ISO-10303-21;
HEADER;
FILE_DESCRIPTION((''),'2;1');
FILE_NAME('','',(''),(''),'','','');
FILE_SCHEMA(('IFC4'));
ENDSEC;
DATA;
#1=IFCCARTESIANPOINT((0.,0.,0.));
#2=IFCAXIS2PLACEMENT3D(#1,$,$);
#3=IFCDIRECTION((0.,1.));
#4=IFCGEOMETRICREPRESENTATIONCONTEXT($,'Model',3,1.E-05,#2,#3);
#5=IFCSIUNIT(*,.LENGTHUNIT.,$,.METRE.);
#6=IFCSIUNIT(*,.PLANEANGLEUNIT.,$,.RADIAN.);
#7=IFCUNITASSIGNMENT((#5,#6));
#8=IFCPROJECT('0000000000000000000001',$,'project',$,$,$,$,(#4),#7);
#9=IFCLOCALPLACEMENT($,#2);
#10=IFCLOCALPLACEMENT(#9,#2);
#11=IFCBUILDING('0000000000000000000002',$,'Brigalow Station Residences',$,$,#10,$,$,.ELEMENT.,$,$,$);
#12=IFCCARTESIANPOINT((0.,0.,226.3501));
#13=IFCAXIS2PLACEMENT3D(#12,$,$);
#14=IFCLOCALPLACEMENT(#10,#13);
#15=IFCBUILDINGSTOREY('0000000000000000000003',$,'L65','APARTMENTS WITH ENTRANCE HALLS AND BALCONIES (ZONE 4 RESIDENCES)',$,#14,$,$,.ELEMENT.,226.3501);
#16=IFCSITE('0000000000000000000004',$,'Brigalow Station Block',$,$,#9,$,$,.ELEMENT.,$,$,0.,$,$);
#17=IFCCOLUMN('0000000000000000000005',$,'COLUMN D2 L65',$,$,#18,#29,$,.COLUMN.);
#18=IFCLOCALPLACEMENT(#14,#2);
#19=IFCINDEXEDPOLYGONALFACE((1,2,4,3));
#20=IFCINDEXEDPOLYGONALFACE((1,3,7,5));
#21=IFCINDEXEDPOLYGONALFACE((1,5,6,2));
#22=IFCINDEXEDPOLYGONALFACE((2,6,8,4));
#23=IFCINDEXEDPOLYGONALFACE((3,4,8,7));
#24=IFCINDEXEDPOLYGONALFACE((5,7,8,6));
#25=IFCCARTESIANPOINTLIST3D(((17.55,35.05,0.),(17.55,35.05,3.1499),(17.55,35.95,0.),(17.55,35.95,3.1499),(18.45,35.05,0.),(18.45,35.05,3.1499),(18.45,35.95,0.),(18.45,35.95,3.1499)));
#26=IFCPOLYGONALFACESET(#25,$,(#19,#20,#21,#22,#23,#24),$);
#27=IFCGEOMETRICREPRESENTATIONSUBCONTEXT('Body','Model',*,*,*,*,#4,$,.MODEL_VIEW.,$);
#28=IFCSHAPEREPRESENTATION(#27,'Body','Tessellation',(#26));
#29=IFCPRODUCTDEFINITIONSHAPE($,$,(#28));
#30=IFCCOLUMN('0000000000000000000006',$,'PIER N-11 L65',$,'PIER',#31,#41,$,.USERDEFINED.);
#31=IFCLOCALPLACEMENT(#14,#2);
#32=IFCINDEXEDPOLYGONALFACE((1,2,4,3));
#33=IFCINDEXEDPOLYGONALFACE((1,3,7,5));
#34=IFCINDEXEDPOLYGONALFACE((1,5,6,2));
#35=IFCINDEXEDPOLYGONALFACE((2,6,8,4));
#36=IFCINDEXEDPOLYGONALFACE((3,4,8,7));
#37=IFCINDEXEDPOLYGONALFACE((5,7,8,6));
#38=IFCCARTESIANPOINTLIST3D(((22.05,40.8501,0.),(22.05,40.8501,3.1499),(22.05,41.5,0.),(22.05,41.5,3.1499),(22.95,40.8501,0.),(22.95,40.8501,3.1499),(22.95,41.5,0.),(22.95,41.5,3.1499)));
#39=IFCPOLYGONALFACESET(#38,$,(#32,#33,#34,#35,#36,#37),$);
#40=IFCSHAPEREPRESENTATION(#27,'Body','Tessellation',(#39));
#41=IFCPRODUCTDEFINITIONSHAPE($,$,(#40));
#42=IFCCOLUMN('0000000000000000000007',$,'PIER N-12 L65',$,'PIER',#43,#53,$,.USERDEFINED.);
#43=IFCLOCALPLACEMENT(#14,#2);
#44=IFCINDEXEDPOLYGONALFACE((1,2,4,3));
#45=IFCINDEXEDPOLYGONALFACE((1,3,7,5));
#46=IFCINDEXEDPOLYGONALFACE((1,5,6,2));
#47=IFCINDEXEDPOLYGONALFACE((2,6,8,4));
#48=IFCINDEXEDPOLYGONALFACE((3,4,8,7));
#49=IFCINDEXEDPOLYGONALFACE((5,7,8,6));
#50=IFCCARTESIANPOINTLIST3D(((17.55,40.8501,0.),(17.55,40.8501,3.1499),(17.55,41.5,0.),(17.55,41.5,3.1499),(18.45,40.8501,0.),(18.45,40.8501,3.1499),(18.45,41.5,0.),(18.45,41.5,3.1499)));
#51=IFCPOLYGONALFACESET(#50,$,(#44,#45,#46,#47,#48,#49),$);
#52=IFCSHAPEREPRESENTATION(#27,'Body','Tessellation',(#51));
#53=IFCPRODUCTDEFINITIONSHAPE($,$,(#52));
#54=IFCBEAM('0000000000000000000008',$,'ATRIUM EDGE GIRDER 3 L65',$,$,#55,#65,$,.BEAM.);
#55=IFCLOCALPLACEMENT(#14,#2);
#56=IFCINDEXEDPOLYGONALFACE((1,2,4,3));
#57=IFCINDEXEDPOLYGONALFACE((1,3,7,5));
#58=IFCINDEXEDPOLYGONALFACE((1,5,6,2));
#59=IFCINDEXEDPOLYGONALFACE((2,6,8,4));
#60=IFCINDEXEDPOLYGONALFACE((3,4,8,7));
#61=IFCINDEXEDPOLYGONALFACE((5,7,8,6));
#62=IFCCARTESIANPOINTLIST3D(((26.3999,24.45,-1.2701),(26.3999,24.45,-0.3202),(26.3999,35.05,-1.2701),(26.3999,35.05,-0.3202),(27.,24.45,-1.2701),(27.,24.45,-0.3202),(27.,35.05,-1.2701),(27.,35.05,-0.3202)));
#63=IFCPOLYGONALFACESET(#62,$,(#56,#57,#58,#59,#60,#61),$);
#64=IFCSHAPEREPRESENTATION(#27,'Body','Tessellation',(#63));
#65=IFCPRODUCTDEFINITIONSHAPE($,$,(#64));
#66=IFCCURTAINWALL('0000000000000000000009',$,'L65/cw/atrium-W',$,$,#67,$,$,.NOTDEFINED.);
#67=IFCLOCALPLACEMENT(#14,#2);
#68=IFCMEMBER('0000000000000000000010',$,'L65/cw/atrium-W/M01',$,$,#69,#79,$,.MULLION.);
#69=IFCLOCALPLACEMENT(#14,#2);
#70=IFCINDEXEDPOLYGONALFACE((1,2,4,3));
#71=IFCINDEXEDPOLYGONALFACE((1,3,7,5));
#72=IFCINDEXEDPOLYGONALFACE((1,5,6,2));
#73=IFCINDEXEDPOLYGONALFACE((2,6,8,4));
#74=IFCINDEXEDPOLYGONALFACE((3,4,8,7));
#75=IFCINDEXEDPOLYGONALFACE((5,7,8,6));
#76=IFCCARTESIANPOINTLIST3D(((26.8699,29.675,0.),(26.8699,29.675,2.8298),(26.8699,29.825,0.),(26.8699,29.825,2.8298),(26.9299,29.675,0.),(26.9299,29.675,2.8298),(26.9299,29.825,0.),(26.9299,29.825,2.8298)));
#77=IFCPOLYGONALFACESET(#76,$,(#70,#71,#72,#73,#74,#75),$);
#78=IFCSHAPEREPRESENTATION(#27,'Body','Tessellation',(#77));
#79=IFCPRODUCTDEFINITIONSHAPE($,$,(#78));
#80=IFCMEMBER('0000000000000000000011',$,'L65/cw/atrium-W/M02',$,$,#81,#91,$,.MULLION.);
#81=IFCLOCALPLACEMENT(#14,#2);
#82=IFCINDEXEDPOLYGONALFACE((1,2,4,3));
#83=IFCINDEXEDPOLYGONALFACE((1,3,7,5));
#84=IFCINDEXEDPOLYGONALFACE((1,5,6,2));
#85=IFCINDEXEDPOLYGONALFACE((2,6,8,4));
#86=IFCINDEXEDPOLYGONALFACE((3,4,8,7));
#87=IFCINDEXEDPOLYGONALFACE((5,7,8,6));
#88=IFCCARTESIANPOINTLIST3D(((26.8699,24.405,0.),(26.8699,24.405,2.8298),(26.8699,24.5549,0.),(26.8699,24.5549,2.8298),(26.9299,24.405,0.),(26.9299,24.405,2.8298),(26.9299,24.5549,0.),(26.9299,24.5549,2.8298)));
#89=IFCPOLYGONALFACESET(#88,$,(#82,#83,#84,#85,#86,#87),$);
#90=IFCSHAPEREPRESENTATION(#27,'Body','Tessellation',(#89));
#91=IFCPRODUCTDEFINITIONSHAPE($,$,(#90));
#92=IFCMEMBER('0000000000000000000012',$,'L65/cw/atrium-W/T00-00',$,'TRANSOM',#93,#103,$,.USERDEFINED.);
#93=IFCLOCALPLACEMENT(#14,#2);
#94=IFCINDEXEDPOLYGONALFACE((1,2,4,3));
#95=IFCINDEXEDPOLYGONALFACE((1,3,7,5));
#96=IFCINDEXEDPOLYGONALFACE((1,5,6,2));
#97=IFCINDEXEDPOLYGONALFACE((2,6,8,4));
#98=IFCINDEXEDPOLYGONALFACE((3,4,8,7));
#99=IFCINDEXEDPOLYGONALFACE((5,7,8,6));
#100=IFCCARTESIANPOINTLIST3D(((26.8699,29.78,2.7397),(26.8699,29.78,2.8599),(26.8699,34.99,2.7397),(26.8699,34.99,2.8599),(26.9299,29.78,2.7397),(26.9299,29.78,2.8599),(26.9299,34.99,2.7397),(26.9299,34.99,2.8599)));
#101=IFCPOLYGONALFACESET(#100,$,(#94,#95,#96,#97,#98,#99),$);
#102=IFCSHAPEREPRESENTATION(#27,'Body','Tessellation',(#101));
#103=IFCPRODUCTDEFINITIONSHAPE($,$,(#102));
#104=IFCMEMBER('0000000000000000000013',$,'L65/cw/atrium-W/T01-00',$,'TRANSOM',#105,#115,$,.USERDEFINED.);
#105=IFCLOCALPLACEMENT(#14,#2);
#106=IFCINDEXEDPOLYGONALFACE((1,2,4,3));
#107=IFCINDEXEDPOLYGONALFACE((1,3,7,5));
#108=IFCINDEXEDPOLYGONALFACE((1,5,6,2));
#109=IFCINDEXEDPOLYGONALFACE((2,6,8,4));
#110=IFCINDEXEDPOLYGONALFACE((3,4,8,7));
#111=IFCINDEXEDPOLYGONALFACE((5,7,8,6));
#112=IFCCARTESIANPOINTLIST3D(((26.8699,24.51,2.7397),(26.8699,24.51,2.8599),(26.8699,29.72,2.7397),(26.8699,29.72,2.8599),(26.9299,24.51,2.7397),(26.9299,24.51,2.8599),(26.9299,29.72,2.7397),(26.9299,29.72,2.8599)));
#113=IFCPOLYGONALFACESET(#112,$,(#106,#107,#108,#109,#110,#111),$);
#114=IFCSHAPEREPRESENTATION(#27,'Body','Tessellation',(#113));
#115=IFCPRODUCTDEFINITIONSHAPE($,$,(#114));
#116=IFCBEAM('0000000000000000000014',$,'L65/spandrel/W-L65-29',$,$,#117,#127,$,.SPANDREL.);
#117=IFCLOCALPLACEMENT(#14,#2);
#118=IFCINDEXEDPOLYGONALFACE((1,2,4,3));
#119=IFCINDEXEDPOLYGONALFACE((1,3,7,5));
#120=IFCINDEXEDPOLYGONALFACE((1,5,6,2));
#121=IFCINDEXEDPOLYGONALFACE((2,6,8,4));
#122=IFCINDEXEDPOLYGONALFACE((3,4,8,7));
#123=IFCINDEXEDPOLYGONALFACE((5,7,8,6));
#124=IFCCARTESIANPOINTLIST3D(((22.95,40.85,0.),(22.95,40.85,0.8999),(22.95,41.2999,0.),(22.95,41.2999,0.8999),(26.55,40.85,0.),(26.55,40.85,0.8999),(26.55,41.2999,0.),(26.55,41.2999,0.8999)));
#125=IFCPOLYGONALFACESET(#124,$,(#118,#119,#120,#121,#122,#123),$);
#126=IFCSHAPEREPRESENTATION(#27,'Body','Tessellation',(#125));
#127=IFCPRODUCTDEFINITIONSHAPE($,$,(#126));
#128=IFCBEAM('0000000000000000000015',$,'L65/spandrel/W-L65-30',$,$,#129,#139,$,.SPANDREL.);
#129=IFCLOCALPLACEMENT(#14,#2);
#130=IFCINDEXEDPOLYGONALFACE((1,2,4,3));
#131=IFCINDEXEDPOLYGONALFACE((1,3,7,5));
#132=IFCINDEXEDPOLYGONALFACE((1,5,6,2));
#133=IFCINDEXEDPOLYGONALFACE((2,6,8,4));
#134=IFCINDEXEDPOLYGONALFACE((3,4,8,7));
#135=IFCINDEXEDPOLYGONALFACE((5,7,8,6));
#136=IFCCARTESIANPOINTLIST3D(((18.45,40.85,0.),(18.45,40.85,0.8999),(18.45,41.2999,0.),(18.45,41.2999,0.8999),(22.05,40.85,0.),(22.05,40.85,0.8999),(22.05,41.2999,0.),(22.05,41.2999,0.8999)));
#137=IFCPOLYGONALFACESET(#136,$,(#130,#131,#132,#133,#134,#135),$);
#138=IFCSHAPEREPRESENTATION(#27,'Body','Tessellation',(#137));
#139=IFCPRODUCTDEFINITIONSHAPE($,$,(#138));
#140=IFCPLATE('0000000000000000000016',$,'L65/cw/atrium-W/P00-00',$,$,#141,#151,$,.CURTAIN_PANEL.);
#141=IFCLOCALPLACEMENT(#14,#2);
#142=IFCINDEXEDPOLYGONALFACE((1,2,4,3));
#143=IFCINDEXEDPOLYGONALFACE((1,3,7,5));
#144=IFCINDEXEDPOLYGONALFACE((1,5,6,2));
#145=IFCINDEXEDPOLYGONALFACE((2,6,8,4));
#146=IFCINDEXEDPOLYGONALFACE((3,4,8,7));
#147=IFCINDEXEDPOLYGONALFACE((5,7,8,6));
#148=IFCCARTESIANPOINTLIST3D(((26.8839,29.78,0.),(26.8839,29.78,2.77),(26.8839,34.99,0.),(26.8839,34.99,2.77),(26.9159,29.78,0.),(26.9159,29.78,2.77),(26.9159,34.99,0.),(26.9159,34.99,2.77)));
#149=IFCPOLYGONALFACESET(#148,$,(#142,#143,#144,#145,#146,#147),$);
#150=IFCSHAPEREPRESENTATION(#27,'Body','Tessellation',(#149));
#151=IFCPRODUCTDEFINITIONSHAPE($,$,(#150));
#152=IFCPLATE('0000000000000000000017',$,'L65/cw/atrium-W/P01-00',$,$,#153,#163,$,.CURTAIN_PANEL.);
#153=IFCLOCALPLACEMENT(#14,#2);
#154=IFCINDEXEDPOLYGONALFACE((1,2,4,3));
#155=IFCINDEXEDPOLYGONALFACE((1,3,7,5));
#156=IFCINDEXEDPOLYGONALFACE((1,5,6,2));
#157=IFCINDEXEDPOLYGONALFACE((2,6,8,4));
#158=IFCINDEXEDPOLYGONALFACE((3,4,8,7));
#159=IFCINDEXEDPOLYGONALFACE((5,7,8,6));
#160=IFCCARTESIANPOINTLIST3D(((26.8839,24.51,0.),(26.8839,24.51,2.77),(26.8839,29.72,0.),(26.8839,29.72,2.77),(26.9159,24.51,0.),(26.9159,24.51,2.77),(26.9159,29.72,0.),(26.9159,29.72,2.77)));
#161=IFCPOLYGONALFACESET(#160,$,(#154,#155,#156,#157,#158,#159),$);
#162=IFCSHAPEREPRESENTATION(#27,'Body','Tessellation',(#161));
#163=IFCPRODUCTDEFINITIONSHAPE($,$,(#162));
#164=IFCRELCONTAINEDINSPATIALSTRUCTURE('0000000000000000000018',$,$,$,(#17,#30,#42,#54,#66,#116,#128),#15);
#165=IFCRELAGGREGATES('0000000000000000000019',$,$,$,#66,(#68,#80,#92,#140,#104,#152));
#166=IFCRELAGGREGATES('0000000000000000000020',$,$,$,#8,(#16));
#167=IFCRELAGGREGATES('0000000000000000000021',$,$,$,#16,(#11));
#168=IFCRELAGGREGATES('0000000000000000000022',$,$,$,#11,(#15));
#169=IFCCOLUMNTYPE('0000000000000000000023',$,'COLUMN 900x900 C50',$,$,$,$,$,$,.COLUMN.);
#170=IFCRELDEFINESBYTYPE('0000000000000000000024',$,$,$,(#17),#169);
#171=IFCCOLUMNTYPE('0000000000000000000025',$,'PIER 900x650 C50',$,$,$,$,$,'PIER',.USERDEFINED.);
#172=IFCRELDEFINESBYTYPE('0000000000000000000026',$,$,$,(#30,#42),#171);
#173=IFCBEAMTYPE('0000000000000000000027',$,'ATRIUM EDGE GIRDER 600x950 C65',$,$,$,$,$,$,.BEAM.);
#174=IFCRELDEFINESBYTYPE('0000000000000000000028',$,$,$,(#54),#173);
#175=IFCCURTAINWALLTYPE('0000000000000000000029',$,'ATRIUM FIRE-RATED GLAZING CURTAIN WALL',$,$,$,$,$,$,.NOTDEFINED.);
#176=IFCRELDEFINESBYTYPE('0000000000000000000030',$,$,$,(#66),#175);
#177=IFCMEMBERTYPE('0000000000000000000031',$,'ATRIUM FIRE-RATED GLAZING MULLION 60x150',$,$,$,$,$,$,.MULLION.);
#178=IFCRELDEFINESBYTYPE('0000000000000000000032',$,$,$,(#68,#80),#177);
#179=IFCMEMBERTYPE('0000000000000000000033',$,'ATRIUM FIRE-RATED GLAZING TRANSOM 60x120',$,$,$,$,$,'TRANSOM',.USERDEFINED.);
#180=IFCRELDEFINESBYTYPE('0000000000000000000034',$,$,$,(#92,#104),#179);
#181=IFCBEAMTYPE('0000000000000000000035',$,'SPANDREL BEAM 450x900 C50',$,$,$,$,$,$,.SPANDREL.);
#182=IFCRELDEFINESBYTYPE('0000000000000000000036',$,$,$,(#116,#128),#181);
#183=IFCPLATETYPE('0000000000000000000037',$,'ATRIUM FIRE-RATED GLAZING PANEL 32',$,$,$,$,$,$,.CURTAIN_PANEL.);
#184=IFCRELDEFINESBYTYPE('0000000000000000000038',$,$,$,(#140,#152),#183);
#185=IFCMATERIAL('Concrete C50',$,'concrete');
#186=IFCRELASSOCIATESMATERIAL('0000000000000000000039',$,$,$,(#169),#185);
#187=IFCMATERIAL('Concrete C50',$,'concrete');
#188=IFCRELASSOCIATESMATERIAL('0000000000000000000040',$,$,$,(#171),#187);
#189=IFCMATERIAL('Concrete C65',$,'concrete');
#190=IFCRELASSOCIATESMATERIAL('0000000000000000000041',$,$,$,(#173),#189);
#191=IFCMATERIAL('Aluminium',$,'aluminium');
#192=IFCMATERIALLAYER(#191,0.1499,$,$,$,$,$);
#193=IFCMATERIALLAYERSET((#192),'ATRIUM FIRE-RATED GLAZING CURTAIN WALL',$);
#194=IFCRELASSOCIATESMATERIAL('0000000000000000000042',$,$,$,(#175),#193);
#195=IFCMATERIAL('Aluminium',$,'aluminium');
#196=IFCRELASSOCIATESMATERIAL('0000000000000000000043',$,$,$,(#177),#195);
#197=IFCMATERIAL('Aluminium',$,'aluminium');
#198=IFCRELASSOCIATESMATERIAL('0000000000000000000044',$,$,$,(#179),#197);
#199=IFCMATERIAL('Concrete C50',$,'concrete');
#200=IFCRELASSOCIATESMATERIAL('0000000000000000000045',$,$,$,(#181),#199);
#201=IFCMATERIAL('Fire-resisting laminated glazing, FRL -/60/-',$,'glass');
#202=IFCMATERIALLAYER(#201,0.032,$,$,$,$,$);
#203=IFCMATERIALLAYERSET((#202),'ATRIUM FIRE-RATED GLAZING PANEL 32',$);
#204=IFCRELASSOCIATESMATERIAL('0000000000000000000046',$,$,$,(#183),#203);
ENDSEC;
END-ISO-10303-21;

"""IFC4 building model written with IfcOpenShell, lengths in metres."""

from ifc_helpers import new_model, si_unit, direction, frame, origin, origin_2d, place, context, subcontext, project, spatial, rectangle, extrude, material, layer, layer_set, material_profile, profile_set, type_object, element, aggregate, save


model = new_model("IFC4")

# Units and contexts
model_context = context("Model", 3, precision=1e-05, world=origin(), true_north=direction((0.0, 1.0)))
body_context = subcontext(model_context, "Body", "Model", "MODEL_VIEW")
ifc_project = project(units=[si_unit("LENGTHUNIT", "METRE"), si_unit("PLANEANGLEUNIT", "RADIAN")], contexts=[model_context])

# Site, building, storey
site_placement = place(None, origin())
site = spatial("IfcSite", under=ifc_project, at=site_placement, Name="Brigalow Station Block", CompositionType="ELEMENT", RefElevation=0.0)
building_placement = place(site_placement, origin())
building = spatial("IfcBuilding", under=site, at=building_placement, Name="Brigalow Station Residences", CompositionType="ELEMENT")
storey_placement = place(building_placement, frame((0.0, 0.0, 226.3501)))
storey = spatial("IfcBuildingStorey", under=building, at=storey_placement, Name="L65", Description="APARTMENTS WITH ENTRANCE HALLS AND BALCONIES (ZONE 4 RESIDENCES)", CompositionType="ELEMENT", Elevation=226.3501)

# Columns
ifc_material_1 = material(Name="Concrete C50", Category="concrete")
ifc_material_profile_1 = material_profile(ifc_material_1, rectangle(XDim=0.8999, YDim=0.8999, at=origin_2d()), Name="RC900x900")
ifc_profile_set_1 = profile_set([ifc_material_profile_1], Name="Concrete C50")
column_type_1 = type_object("IfcColumnType", Name="COLUMN 900x900 C50", PredefinedType="COLUMN", material=ifc_profile_set_1)
column_placement = place(storey_placement, frame((18.0, 35.5, 0.0), z_axis=(0.0, 0.0, 1.0), x_axis=(1.0, 0.0, 0.0)))
element("IfcColumn", 1, at=column_placement, inside=storey, type_object=column_type_1, Name="COLUMN D2 L65", PredefinedType="COLUMN", context=body_context, shape_type="SweptSolid", body=[
    extrude(rectangle(XDim=0.8999, YDim=0.8999, at=origin_2d()), origin(), (0.0, 0.0, 1.0), 3.1499),
])
ifc_material_2 = material(Name="Concrete C50", Category="concrete")
ifc_material_profile_2 = material_profile(ifc_material_2, rectangle(XDim=0.8999, YDim=0.6499, at=origin_2d()), Name="RC900x650")
ifc_profile_set_2 = profile_set([ifc_material_profile_2], Name="Concrete C50")
column_type_2 = type_object("IfcColumnType", Name="PIER 900x650 C50", ElementType="PIER", PredefinedType="USERDEFINED", material=ifc_profile_set_2)
for number, where, z_axis, x_axis, name in (
    (2, (22.5, 41.175, 0.0), (0.0, 0.0, 1.0), (-1.0, 0.0, 0.0), "PIER N-11 L65"),
    (3, (18.0, 41.175, 0.0), (0.0, 0.0, 1.0), (-1.0, 0.0, 0.0), "PIER N-12 L65"),
):
    element("IfcColumn", number, at=place(storey_placement, frame(where, z_axis=z_axis, x_axis=x_axis)), inside=storey, type_object=column_type_2, Name=name, ObjectType="PIER", PredefinedType="USERDEFINED", context=body_context, shape_type="SweptSolid", body=[
        extrude(rectangle(XDim=0.8999, YDim=0.6499, at=origin_2d()), origin(), (0.0, 0.0, 1.0), 3.1499),
    ])

# Beam
ifc_material_3 = material(Name="Concrete C65", Category="concrete")
ifc_material_profile_3 = material_profile(ifc_material_3, rectangle(XDim=0.6001, YDim=0.95, at=origin_2d()), Name="RC600x950")
ifc_profile_set_3 = profile_set([ifc_material_profile_3], Name="Concrete C65")
beam_type_1 = type_object("IfcBeamType", Name="ATRIUM EDGE GIRDER 600x950 C65", PredefinedType="BEAM", material=ifc_profile_set_3)
beam_placement = place(storey_placement, frame((26.7, 24.45, -0.7952), z_axis=(0.0, 1.0, 0.0), x_axis=(-1.0, 0.0, 0.0)))
element("IfcBeam", 4, at=beam_placement, inside=storey, type_object=beam_type_1, Name="ATRIUM EDGE GIRDER 3 L65", PredefinedType="BEAM", context=body_context, shape_type="SweptSolid", body=[
    extrude(rectangle(XDim=0.6001, YDim=0.95, at=origin_2d()), origin(), (0.0, 0.0, 1.0), 10.6001),
])

# Curtain wall, members
ifc_material_4 = material(Name="Aluminium", Category="aluminium")
ifc_layer_1 = layer(ifc_material_4, 0.1499)
ifc_layer_set_1 = layer_set([ifc_layer_1], Name="ATRIUM FIRE-RATED GLAZING CURTAIN WALL")
curtain_wall_type = type_object("IfcCurtainWallType", Name="ATRIUM FIRE-RATED GLAZING CURTAIN WALL", PredefinedType="NOTDEFINED", material=ifc_layer_set_1)
curtain_wall_placement = place(storey_placement, origin())
curtain_wall = element("IfcCurtainWall", 5, at=curtain_wall_placement, inside=storey, type_object=curtain_wall_type, Name="L65/cw/atrium-W", PredefinedType="NOTDEFINED")
ifc_material_5 = material(Name="Aluminium", Category="aluminium")
ifc_material_profile_4 = material_profile(ifc_material_5, rectangle(XDim=0.0601, YDim=0.1499, at=origin_2d()), Name="ATRIUM FIRE-RATED GLAZING MULLION 60x150")
ifc_profile_set_4 = profile_set([ifc_material_profile_4], Name="Aluminium")
member_type_1 = type_object("IfcMemberType", Name="ATRIUM FIRE-RATED GLAZING MULLION 60x150", PredefinedType="MULLION", material=ifc_profile_set_4)
member_1_placement = place(storey_placement, frame((26.8999, 29.75, 0.0), z_axis=(0.0, 0.0, 1.0), x_axis=(1.0, 0.0, 0.0)))
member_1 = element("IfcMember", 6, at=member_1_placement, type_object=member_type_1, Name="L65/cw/atrium-W/M01", PredefinedType="MULLION", context=body_context, shape_type="SweptSolid", body=[
    extrude(rectangle(XDim=0.0601, YDim=0.1499, at=origin_2d()), origin(), (0.0, 0.0, 1.0), 2.8298),
])
member_2_placement = place(storey_placement, frame((26.8999, 24.48, 0.0), z_axis=(0.0, 0.0, 1.0), x_axis=(1.0, 0.0, 0.0)))
member_2 = element("IfcMember", 7, at=member_2_placement, type_object=member_type_1, Name="L65/cw/atrium-W/M02", PredefinedType="MULLION", context=body_context, shape_type="SweptSolid", body=[
    extrude(rectangle(XDim=0.0601, YDim=0.1499, at=origin_2d()), origin(), (0.0, 0.0, 1.0), 2.8298),
])
ifc_material_6 = material(Name="Aluminium", Category="aluminium")
ifc_material_profile_5 = material_profile(ifc_material_6, rectangle(XDim=0.0601, YDim=0.1201, at=origin_2d()), Name="ATRIUM FIRE-RATED GLAZING TRANSOM 60x120")
ifc_profile_set_5 = profile_set([ifc_material_profile_5], Name="Aluminium")
member_type_2 = type_object("IfcMemberType", Name="ATRIUM FIRE-RATED GLAZING TRANSOM 60x120", ElementType="TRANSOM", PredefinedType="USERDEFINED", material=ifc_profile_set_5)
member_3_placement = place(storey_placement, frame((26.8999, 34.99, 2.7998), z_axis=(0.0, -1.0, 0.0), x_axis=(1.0, 0.0, 0.0)))
member_3 = element("IfcMember", 8, at=member_3_placement, type_object=member_type_2, Name="L65/cw/atrium-W/T00-00", ObjectType="TRANSOM", PredefinedType="USERDEFINED", context=body_context, shape_type="SweptSolid", body=[
    extrude(rectangle(XDim=0.0601, YDim=0.1201, at=origin_2d()), origin(), (0.0, 0.0, 1.0), 5.21),
])
member_4_placement = place(storey_placement, frame((26.8999, 29.72, 2.7998), z_axis=(0.0, -1.0, 0.0), x_axis=(1.0, 0.0, 0.0)))
member_4 = element("IfcMember", 9, at=member_4_placement, type_object=member_type_2, Name="L65/cw/atrium-W/T01-00", ObjectType="TRANSOM", PredefinedType="USERDEFINED", context=body_context, shape_type="SweptSolid", body=[
    extrude(rectangle(XDim=0.0601, YDim=0.1201, at=origin_2d()), origin(), (0.0, 0.0, 1.0), 5.21),
])

# Beams
ifc_material_7 = material(Name="Concrete C50", Category="concrete")
ifc_material_profile_6 = material_profile(ifc_material_7, rectangle(XDim=0.45, YDim=0.8999, at=origin_2d()), Name="RC450x900")
ifc_profile_set_6 = profile_set([ifc_material_profile_6], Name="Concrete C50")
beam_type_2 = type_object("IfcBeamType", Name="SPANDREL BEAM 450x900 C50", PredefinedType="SPANDREL", material=ifc_profile_set_6)
for number, where, z_axis, x_axis, name in (
    (10, (26.55, 41.075, 0.45), (-1.0, 0.0, 0.0), (0.0, -1.0, 0.0), "L65/spandrel/W-L65-29"),
    (11, (22.05, 41.075, 0.45), (-1.0, 0.0, 0.0), (0.0, -1.0, 0.0), "L65/spandrel/W-L65-30"),
):
    element("IfcBeam", number, at=place(storey_placement, frame(where, z_axis=z_axis, x_axis=x_axis)), inside=storey, type_object=beam_type_2, Name=name, PredefinedType="SPANDREL", context=body_context, shape_type="SweptSolid", body=[
        extrude(rectangle(XDim=0.45, YDim=0.8999, at=origin_2d()), origin(), (0.0, 0.0, 1.0), 3.6001),
    ])

# Plates
ifc_material_8 = material(Name="Fire-resisting laminated glazing, FRL -/60/-", Category="glass")
ifc_layer_2 = layer(ifc_material_8, 0.032)
ifc_layer_set_2 = layer_set([ifc_layer_2], Name="ATRIUM FIRE-RATED GLAZING PANEL 32")
plate_type = type_object("IfcPlateType", Name="ATRIUM FIRE-RATED GLAZING PANEL 32", PredefinedType="CURTAIN_PANEL", material=ifc_layer_set_2)
plate_1_placement = place(storey_placement, frame((26.8999, 32.385, 0.0), z_axis=(0.0, 0.0, 1.0), x_axis=(0.0, -1.0, 0.0)))
plate_1 = element("IfcPlate", 12, at=plate_1_placement, type_object=plate_type, Name="L65/cw/atrium-W/P00-00", PredefinedType="CURTAIN_PANEL", context=body_context, shape_type="SweptSolid", body=[
    extrude(rectangle(XDim=5.21, YDim=0.032, at=origin_2d()), origin(), (0.0, 0.0, 1.0), 2.77),
])
plate_2_placement = place(storey_placement, frame((26.8999, 27.115, 0.0), z_axis=(0.0, 0.0, 1.0), x_axis=(0.0, -1.0, 0.0)))
plate_2 = element("IfcPlate", 13, at=plate_2_placement, type_object=plate_type, Name="L65/cw/atrium-W/P01-00", PredefinedType="CURTAIN_PANEL", context=body_context, shape_type="SweptSolid", body=[
    extrude(rectangle(XDim=5.21, YDim=0.032, at=origin_2d()), origin(), (0.0, 0.0, 1.0), 2.77),
])
aggregate(curtain_wall, [member_1, member_2, member_3, plate_1, member_4, plate_2])

save(model, "model.ifc")
